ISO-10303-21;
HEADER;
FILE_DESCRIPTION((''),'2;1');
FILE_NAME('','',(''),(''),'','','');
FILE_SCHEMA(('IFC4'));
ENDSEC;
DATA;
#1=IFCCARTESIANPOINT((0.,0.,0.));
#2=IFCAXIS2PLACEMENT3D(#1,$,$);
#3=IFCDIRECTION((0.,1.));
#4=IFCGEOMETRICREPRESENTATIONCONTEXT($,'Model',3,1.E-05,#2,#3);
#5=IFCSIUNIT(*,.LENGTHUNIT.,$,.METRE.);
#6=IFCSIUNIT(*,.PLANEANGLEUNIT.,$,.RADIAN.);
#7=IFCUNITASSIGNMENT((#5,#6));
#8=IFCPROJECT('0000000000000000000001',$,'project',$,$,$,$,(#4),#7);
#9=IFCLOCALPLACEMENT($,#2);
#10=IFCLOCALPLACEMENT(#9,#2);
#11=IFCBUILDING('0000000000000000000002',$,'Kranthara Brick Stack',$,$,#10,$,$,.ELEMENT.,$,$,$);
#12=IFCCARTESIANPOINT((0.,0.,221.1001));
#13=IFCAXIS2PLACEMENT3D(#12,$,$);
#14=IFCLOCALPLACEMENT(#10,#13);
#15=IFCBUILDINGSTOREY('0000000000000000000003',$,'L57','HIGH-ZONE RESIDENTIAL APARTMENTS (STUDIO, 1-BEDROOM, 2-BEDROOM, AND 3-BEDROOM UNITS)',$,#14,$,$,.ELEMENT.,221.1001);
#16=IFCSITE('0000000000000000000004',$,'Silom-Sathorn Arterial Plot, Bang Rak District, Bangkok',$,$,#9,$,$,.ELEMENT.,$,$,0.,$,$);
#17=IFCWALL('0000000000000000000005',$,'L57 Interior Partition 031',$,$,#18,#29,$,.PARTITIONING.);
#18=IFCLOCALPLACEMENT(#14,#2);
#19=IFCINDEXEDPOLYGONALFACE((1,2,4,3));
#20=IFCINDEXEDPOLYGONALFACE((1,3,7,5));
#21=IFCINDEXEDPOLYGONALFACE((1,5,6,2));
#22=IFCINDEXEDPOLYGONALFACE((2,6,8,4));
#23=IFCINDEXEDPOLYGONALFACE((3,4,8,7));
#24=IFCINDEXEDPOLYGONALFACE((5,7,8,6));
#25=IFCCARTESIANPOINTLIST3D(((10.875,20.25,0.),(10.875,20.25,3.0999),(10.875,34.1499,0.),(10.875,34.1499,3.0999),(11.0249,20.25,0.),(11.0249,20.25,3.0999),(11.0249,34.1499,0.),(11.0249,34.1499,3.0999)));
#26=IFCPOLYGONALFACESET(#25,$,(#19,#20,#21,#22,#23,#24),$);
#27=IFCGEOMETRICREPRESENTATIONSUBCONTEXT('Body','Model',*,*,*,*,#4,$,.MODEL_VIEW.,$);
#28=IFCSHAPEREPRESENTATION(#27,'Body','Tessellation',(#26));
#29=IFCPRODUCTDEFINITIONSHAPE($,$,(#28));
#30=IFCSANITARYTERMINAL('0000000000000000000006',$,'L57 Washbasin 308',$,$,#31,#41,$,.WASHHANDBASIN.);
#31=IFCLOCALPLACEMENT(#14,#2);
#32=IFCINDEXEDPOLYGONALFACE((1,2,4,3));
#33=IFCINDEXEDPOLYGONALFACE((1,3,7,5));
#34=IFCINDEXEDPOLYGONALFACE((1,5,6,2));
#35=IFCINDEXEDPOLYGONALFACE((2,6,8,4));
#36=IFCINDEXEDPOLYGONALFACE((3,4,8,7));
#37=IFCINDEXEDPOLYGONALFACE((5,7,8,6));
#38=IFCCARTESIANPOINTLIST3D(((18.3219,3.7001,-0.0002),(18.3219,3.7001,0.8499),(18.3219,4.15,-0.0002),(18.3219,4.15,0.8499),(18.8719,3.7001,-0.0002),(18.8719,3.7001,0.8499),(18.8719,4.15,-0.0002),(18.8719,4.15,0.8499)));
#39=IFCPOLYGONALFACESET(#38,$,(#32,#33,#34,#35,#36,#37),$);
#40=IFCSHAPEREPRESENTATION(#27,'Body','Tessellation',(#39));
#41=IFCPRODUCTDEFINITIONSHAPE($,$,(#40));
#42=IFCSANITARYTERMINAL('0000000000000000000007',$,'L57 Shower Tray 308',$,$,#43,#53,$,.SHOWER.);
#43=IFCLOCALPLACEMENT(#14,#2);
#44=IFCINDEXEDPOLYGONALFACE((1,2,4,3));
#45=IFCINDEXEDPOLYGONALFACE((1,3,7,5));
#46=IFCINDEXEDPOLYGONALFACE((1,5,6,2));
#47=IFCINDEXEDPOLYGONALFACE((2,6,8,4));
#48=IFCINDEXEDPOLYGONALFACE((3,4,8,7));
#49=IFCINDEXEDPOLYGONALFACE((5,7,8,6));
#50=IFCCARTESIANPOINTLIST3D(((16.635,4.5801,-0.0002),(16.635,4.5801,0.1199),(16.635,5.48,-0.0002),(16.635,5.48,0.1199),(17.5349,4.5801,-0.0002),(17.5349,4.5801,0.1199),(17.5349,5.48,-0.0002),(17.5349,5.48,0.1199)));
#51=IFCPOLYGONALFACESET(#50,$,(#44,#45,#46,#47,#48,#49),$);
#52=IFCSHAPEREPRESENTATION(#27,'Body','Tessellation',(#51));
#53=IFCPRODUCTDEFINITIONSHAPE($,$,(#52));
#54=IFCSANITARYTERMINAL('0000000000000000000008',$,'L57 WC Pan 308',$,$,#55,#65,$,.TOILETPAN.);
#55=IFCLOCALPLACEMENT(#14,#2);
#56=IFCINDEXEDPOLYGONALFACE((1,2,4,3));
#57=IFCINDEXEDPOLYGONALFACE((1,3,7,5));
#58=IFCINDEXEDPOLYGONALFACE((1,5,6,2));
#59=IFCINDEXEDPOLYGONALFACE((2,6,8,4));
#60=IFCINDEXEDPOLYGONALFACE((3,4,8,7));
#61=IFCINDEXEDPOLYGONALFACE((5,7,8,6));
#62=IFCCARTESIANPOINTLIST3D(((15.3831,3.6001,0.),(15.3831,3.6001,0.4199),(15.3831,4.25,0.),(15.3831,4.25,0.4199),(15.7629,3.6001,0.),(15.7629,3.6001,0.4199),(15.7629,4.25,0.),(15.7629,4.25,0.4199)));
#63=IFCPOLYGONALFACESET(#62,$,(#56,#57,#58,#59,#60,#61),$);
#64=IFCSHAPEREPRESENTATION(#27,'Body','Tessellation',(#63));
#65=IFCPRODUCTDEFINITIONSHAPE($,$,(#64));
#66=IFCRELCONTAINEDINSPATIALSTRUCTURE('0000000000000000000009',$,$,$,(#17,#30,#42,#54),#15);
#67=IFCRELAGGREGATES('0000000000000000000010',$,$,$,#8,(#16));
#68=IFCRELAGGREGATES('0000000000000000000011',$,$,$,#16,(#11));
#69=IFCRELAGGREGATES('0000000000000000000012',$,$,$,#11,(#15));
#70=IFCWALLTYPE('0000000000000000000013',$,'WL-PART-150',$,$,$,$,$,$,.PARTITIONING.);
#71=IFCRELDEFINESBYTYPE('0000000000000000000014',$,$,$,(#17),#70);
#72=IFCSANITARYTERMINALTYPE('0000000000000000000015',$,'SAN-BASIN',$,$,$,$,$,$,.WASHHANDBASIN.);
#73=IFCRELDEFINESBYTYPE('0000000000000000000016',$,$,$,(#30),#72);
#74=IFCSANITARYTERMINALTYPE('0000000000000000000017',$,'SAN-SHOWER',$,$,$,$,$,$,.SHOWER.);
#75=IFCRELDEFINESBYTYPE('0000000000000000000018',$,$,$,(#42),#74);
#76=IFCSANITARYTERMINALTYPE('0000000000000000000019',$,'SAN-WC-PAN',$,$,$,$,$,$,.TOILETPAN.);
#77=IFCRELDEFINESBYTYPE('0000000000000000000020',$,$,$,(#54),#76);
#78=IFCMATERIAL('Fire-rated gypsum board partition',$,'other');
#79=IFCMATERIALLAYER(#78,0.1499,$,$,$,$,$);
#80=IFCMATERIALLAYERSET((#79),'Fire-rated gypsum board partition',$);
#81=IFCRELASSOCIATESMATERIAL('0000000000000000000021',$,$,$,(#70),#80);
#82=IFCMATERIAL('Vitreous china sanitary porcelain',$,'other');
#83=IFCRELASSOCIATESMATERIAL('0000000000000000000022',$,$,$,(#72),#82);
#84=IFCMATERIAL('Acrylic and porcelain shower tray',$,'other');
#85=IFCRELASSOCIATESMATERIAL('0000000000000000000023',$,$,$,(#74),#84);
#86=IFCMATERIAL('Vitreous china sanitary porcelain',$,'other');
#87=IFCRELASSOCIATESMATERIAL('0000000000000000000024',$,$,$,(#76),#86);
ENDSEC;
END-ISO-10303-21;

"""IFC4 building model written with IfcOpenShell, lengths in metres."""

from ifc_helpers import new_model, si_unit, direction, frame, frame_2d, origin, origin_2d, place, context, subcontext, project, spatial, rectangle, extrude, material, layer, layer_set, type_object, element, save


model = new_model("IFC4")

# Units and contexts
model_context = context("Model", 3, precision=1e-05, world=origin(), true_north=direction((0.0, 1.0)))
body_context = subcontext(model_context, "Body", "Model", "MODEL_VIEW")
ifc_project = project(units=[si_unit("LENGTHUNIT", "METRE"), si_unit("PLANEANGLEUNIT", "RADIAN")], contexts=[model_context])

# Site, building, storey
site_placement = place(None, origin())
site = spatial("IfcSite", under=ifc_project, at=site_placement, Name="Silom-Sathorn Arterial Plot, Bang Rak District, Bangkok", CompositionType="ELEMENT", RefElevation=0.0)
building_placement = place(site_placement, origin())
building = spatial("IfcBuilding", under=site, at=building_placement, Name="Kranthara Brick Stack", CompositionType="ELEMENT")
storey_placement = place(building_placement, frame((0.0, 0.0, 221.1001)))
storey = spatial("IfcBuildingStorey", under=building, at=storey_placement, Name="L57", Description="HIGH-ZONE RESIDENTIAL APARTMENTS (STUDIO, 1-BEDROOM, 2-BEDROOM, AND 3-BEDROOM UNITS)", CompositionType="ELEMENT", Elevation=221.1001)

# Wall
ifc_material_1 = material(Name="Fire-rated gypsum board partition", Category="other")
ifc_layer_1 = layer(ifc_material_1, 0.1499)
ifc_layer_set_1 = layer_set([ifc_layer_1], Name="Fire-rated gypsum board partition")
wall_type_1 = type_object("IfcWallType", Name="WL-PART-150", PredefinedType="PARTITIONING", material=ifc_layer_set_1)
wall_1_placement = place(storey_placement, frame((10.95, 20.25, 0.0), z_axis=(0.0, 0.0, 1.0), x_axis=(0.0, 1.0, 0.0)))
element("IfcWall", 1, at=wall_1_placement, inside=storey, type_object=wall_type_1, Name="L57 Interior Partition 031", PredefinedType="PARTITIONING", context=body_context, shape_type="SweptSolid", body=[
    extrude(rectangle(XDim=13.8999, YDim=0.1499, at=frame_2d((6.95, 0.0))), origin(), (0.0, 0.0, 1.0), 3.0999),
])

# Sanitary terminals
ifc_material_2 = material(Name="Vitreous china sanitary porcelain", Category="other")
sanitary_terminal_type_1 = type_object("IfcSanitaryTerminalType", Name="SAN-BASIN", PredefinedType="WASHHANDBASIN", material=ifc_material_2)
sanitary_terminal_1_placement = place(storey_placement, frame((18.5969, 3.925, -0.0002), z_axis=(0.0, 0.0, 1.0), x_axis=(1.0, 0.0, 0.0)))
element("IfcSanitaryTerminal", 2, at=sanitary_terminal_1_placement, inside=storey, type_object=sanitary_terminal_type_1, Name="L57 Washbasin 308", PredefinedType="WASHHANDBASIN", context=body_context, shape_type="SweptSolid", body=[
    extrude(rectangle(XDim=0.55, YDim=0.45, at=origin_2d()), origin(), (0.0, 0.0, 1.0), 0.8501),
])
ifc_material_3 = material(Name="Acrylic and porcelain shower tray", Category="other")
sanitary_terminal_type_2 = type_object("IfcSanitaryTerminalType", Name="SAN-SHOWER", PredefinedType="SHOWER", material=ifc_material_3)
sanitary_terminal_2_placement = place(storey_placement, frame((17.085, 5.03, -0.0002), z_axis=(0.0, 0.0, 1.0), x_axis=(1.0, 0.0, 0.0)))
element("IfcSanitaryTerminal", 3, at=sanitary_terminal_2_placement, inside=storey, type_object=sanitary_terminal_type_2, Name="L57 Shower Tray 308", PredefinedType="SHOWER", context=body_context, shape_type="SweptSolid", body=[
    extrude(rectangle(XDim=0.8999, YDim=0.8999, at=origin_2d()), origin(), (0.0, 0.0, 1.0), 0.1201),
])
ifc_material_4 = material(Name="Vitreous china sanitary porcelain", Category="other")
sanitary_terminal_type_3 = type_object("IfcSanitaryTerminalType", Name="SAN-WC-PAN", PredefinedType="TOILETPAN", material=ifc_material_4)
sanitary_terminal_3_placement = place(storey_placement, frame((15.573, 3.925, 0.0), z_axis=(0.0, 0.0, 1.0), x_axis=(1.0, 0.0, 0.0)))
element("IfcSanitaryTerminal", 4, at=sanitary_terminal_3_placement, inside=storey, type_object=sanitary_terminal_type_3, Name="L57 WC Pan 308", PredefinedType="TOILETPAN", context=body_context, shape_type="SweptSolid", body=[
    extrude(rectangle(XDim=0.3799, YDim=0.6499, at=origin_2d()), origin(), (0.0, 0.0, 1.0), 0.4199),
])

save(model, "model.ifc")
